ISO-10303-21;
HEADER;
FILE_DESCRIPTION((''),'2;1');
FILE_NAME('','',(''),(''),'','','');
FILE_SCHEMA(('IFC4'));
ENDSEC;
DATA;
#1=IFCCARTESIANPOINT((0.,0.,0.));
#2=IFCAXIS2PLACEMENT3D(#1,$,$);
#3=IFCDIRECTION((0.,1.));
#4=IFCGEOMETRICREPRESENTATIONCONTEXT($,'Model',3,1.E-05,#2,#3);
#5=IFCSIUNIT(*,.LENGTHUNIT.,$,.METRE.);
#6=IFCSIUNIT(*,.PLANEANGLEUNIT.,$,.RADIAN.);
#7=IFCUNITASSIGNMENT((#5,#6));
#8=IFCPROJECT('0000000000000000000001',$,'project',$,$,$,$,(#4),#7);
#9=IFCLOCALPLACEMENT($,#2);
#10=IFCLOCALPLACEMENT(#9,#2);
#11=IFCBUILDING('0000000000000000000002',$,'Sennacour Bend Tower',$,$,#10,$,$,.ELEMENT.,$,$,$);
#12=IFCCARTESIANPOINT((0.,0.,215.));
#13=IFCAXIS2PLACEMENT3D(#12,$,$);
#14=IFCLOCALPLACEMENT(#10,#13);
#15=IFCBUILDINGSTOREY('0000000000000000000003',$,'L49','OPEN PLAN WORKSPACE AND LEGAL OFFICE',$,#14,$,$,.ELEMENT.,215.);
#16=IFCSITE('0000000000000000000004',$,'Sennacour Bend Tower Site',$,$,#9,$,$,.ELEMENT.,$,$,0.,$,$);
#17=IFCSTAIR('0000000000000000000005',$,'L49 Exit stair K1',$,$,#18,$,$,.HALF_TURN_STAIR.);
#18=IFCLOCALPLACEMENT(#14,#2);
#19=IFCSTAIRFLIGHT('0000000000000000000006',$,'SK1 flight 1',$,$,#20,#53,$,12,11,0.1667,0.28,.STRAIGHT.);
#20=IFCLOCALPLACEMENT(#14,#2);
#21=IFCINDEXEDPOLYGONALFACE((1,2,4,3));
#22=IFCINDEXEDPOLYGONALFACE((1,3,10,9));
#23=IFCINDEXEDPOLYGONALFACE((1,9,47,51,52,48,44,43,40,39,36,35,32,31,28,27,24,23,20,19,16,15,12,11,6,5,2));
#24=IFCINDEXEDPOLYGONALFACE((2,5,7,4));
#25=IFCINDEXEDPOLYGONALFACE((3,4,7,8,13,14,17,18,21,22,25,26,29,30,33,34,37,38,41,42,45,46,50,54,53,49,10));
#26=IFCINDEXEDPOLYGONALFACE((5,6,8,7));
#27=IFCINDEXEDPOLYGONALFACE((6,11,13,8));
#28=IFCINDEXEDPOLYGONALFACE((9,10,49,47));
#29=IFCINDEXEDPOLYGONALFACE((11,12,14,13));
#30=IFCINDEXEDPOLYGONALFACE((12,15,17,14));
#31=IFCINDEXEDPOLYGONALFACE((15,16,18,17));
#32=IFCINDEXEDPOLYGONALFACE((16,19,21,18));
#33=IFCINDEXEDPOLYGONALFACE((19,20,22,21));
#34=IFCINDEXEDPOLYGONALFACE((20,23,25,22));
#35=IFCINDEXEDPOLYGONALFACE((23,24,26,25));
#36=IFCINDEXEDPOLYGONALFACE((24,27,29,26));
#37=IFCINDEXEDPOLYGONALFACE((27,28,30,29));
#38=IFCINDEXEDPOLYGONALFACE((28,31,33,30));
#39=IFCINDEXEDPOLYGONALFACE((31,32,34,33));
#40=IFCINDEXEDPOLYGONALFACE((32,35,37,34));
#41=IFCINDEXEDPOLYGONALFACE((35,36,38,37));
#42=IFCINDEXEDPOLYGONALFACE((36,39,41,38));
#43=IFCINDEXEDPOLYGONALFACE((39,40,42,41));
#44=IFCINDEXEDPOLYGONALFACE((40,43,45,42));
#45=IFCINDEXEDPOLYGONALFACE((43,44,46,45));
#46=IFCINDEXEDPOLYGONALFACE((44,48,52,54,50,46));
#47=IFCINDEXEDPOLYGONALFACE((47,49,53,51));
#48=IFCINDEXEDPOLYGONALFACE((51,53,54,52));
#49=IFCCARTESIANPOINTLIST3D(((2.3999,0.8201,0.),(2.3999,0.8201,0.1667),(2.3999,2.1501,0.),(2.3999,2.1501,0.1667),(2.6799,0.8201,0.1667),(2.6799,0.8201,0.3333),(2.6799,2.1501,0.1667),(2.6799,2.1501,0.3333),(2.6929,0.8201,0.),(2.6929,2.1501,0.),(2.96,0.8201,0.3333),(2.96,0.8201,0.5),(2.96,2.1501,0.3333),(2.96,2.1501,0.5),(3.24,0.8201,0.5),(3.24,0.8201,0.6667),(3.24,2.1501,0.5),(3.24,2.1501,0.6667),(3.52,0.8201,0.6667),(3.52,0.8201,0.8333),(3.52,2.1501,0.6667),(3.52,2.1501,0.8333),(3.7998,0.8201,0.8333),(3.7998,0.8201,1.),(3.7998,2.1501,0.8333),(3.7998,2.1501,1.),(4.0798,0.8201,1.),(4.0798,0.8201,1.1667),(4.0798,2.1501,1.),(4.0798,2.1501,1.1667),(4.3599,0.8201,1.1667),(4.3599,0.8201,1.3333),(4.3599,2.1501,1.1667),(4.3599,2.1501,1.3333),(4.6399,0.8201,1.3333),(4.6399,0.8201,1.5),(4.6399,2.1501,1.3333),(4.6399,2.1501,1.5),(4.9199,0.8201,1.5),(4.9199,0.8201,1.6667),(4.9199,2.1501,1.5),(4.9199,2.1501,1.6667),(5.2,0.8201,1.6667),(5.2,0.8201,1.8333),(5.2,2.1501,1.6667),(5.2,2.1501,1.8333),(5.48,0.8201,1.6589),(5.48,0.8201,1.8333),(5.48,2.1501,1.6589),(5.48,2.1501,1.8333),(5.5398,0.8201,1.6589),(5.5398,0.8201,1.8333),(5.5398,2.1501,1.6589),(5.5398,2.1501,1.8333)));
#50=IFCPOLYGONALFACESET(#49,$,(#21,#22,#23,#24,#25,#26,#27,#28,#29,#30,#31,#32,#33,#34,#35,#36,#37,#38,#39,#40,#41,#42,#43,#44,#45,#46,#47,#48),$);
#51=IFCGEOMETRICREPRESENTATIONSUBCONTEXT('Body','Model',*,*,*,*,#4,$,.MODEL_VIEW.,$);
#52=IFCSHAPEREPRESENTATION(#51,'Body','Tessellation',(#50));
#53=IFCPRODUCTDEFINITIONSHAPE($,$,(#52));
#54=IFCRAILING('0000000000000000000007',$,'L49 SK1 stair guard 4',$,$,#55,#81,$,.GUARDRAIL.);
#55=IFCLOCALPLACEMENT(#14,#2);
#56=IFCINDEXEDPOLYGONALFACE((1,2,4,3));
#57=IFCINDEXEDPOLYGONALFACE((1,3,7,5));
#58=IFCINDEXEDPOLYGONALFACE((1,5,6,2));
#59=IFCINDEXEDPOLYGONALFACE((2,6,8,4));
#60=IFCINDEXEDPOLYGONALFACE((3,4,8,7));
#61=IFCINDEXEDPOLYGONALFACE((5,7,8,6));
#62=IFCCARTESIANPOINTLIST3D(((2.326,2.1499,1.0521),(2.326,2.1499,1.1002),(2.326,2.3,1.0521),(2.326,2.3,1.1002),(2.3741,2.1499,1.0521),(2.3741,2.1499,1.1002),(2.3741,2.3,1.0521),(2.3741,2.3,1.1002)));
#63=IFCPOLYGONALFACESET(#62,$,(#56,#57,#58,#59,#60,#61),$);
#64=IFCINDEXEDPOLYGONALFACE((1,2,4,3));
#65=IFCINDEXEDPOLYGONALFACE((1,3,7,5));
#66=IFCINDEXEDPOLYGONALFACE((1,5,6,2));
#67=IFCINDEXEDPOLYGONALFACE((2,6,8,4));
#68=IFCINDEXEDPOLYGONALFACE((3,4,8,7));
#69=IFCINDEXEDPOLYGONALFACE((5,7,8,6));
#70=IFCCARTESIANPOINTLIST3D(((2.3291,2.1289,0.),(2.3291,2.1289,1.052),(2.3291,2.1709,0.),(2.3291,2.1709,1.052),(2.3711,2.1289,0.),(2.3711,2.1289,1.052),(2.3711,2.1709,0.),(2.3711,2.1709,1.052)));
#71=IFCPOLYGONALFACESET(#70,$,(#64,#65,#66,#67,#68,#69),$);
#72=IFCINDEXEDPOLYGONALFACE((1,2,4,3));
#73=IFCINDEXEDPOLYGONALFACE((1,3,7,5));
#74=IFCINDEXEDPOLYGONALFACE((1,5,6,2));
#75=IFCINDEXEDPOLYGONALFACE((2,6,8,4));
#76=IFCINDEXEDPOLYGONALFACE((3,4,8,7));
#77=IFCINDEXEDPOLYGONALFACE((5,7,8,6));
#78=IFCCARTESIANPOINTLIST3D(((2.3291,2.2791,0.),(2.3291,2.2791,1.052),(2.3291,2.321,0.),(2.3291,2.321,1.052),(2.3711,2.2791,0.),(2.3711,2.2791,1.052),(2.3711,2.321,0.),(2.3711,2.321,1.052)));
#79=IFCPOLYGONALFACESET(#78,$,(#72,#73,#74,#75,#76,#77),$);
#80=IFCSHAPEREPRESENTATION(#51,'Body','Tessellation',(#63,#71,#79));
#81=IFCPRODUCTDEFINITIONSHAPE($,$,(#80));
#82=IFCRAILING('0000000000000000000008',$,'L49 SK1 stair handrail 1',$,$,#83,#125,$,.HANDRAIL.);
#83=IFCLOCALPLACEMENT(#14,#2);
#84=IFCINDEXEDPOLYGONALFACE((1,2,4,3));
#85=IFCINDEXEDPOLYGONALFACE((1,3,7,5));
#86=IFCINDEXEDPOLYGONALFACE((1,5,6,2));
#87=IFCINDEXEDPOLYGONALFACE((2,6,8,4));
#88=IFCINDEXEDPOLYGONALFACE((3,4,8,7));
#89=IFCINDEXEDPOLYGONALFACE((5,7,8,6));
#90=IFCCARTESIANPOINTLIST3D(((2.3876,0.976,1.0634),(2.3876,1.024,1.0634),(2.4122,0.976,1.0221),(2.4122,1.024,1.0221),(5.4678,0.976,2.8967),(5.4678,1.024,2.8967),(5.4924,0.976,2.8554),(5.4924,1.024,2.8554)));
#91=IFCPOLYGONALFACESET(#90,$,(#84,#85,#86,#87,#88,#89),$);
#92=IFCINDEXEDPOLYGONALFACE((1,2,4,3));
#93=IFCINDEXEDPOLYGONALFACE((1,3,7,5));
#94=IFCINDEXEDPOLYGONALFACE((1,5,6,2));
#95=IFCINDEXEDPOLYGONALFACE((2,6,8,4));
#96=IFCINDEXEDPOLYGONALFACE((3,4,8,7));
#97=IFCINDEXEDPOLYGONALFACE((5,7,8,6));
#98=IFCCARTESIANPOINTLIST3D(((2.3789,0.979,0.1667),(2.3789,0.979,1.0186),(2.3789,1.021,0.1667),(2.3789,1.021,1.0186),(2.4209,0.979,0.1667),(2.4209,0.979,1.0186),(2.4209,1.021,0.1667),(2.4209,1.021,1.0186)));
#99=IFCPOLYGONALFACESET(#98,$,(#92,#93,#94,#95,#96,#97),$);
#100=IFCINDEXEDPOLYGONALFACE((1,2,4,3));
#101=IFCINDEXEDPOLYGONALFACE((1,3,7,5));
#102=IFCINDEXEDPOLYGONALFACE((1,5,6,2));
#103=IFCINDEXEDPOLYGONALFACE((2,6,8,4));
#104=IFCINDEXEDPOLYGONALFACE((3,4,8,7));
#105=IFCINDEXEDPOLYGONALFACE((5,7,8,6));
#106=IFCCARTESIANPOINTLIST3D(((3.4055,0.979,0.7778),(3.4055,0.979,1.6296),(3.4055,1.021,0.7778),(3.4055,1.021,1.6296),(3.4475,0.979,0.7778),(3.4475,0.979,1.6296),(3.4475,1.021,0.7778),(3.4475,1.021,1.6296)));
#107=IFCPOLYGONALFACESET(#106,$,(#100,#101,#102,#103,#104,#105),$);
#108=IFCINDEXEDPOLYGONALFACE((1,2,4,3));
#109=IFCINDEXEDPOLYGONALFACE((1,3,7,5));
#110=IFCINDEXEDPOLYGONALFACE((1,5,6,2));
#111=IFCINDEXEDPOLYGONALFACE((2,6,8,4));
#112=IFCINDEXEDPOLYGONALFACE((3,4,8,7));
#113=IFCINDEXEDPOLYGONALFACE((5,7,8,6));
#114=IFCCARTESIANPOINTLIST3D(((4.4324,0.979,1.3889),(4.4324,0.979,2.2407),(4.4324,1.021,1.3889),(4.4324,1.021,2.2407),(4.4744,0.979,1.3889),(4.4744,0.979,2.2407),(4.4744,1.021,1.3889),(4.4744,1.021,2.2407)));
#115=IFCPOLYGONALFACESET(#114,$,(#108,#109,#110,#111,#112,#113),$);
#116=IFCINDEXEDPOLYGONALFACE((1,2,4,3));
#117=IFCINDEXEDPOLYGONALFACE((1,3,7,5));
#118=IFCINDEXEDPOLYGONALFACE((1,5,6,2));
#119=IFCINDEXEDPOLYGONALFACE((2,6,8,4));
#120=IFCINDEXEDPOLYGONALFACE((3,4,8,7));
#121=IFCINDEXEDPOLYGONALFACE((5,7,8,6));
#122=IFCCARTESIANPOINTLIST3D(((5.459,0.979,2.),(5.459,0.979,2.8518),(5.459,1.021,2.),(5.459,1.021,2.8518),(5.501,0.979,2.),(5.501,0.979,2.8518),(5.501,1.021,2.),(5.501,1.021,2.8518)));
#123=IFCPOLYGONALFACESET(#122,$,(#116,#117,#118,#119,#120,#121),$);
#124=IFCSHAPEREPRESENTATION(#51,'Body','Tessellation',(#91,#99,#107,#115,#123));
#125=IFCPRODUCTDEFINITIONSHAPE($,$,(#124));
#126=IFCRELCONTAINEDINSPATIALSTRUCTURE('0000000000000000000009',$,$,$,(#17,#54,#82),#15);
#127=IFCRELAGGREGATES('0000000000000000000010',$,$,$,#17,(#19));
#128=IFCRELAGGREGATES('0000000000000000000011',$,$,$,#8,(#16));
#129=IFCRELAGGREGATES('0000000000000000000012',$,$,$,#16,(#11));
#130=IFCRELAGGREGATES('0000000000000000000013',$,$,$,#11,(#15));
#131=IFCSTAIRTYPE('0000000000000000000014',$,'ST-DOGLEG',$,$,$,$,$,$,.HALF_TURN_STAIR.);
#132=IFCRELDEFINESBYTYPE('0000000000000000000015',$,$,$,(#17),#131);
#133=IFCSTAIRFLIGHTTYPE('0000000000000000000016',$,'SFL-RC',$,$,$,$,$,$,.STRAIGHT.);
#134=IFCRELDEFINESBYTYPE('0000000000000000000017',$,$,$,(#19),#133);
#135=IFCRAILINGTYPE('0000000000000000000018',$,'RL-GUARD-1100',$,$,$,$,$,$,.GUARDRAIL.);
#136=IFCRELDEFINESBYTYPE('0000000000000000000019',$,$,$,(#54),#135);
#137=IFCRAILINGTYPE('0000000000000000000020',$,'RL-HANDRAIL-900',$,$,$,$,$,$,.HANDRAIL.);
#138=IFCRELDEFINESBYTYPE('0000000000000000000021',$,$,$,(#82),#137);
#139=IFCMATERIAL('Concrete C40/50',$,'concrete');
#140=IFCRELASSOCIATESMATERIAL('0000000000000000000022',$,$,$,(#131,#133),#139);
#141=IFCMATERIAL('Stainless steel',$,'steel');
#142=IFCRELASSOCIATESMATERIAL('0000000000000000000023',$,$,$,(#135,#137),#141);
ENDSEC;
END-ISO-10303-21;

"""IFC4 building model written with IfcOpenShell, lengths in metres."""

from ifc_helpers import new_model, si_unit, direction, frame, origin, origin_2d, place, context, subcontext, project, spatial, polyline, rectangle, outline, extrude, material, type_object, element, aggregate, save


model = new_model("IFC4")

# Units and contexts
model_context = context("Model", 3, precision=1e-05, world=origin(), true_north=direction((0.0, 1.0)))
body_context = subcontext(model_context, "Body", "Model", "MODEL_VIEW")
ifc_project = project(units=[si_unit("LENGTHUNIT", "METRE"), si_unit("PLANEANGLEUNIT", "RADIAN")], contexts=[model_context])

# Site, building, storey
site_placement = place(None, origin())
site = spatial("IfcSite", under=ifc_project, at=site_placement, Name="Sennacour Bend Tower Site", CompositionType="ELEMENT", RefElevation=0.0)
building_placement = place(site_placement, origin())
building = spatial("IfcBuilding", under=site, at=building_placement, Name="Sennacour Bend Tower", CompositionType="ELEMENT")
storey_placement = place(building_placement, frame((0.0, 0.0, 215.0)))
storey = spatial("IfcBuildingStorey", under=building, at=storey_placement, Name="L49", Description="OPEN PLAN WORKSPACE AND LEGAL OFFICE", CompositionType="ELEMENT", Elevation=215.0)

# Stair, stair flight
ifc_material_1 = material(Name="Concrete C40/50", Category="concrete")
stair_type = type_object("IfcStairType", Name="ST-DOGLEG", PredefinedType="HALF_TURN_STAIR", material=ifc_material_1)
stair_placement = place(storey_placement, origin())
stair = element("IfcStair", 1, at=stair_placement, inside=storey, type_object=stair_type, Name="L49 Exit stair K1", PredefinedType="HALF_TURN_STAIR")
stair_flight_type = type_object("IfcStairFlightType", Name="SFL-RC", PredefinedType="STRAIGHT", material=ifc_material_1)
stair_flight_placement = place(storey_placement, frame((2.3999, 1.4851, 0.0), z_axis=(0.0, 0.0, 1.0), x_axis=(1.0, 0.0, 0.0)))
stair_flight = element("IfcStairFlight", 2, at=stair_flight_placement, type_object=stair_flight_type, Name="SK1 flight 1", NumberOfRisers=12, NumberOfTreads=11, PredefinedType="STRAIGHT", RiserHeight=0.1667, TreadLength=0.28, context=body_context, shape_type="SweptSolid", body=[
    extrude(outline(polyline([(0.0, 0.0), (0.0, 0.1667), (0.28, 0.1667), (0.28, 0.3333), (0.5601, 0.3333), (0.5601, 0.5), (0.8401, 0.5), (0.8401, 0.6667), (1.1201, 0.6667), (1.1201, 0.8333), (1.3999, 0.8333), (1.3999, 1.0), (1.6799, 1.0), (1.6799, 1.1667), (1.96, 1.1667), (1.96, 1.3333), (2.24, 1.3333), (2.24, 1.5), (2.52, 1.5), (2.52, 1.6667), (2.8, 1.6667), (2.8, 1.8333), (3.0801, 1.8333), (3.1399, 1.8333), (3.1399, 1.6589), (3.0801, 1.6589), (0.293, 0.0), (0.0, 0.0)])), frame((0.0, 0.665, 0.0), z_axis=(0.0, -1.0, 0.0), x_axis=(1.0, 0.0, 0.0)), (0.0, 0.0, 1.0), 1.3301),
])
aggregate(stair, [stair_flight])

# Railings
ifc_material_2 = material(Name="Stainless steel", Category="steel")
railing_type_1 = type_object("IfcRailingType", Name="RL-GUARD-1100", PredefinedType="GUARDRAIL", material=ifc_material_2)
railing_1_placement = place(storey_placement, frame((2.3501, 2.1499, 0.0)))
element("IfcRailing", 3, at=railing_1_placement, inside=storey, type_object=railing_type_1, Name="L49 SK1 stair guard 4", PredefinedType="GUARDRAIL", context=body_context, shape_type="SweptSolid", body=[
    extrude(rectangle(XDim=0.0481, YDim=0.0481, at=origin_2d()), frame((0.0, 0.0, 1.0762), z_axis=(0.0, 1.0, 0.0), x_axis=(-1.0, 0.0, 0.0)), (0.0, 0.0, 1.0), 0.1501),
    extrude(rectangle(XDim=0.042, YDim=0.042, at=origin_2d()), origin(), (0.0, 0.0, 1.0), 1.052),
    extrude(rectangle(XDim=0.042, YDim=0.042, at=origin_2d()), frame((0.0, 0.1501, 0.0)), (0.0, 0.0, 1.0), 1.052),
])
railing_type_2 = type_object("IfcRailingType", Name="RL-HANDRAIL-900", PredefinedType="HANDRAIL", material=ifc_material_2)
railing_2_placement = place(storey_placement, frame((2.3999, 1.0, 0.1667)))
element("IfcRailing", 4, at=railing_2_placement, inside=storey, type_object=railing_type_2, Name="L49 SK1 stair handrail 1", PredefinedType="HANDRAIL", context=body_context, shape_type="SweptSolid", body=[
    extrude(rectangle(XDim=0.0481, YDim=0.0481, at=origin_2d()), frame((0.0, 0.0, 0.876), z_axis=(0.859309, 0.0, 0.511458), x_axis=(0.0, 1.0, 0.0)), (0.0, 0.0, 1.0), 3.5845),
    extrude(rectangle(XDim=0.042, YDim=0.042, at=origin_2d()), origin(), (0.0, 0.0, 1.0), 0.8518),
    extrude(rectangle(XDim=0.042, YDim=0.042, at=origin_2d()), frame((1.0266, 0.0, 0.6111)), (0.0, 0.0, 1.0), 0.8518),
    extrude(rectangle(XDim=0.042, YDim=0.042, at=origin_2d()), frame((2.0535, 0.0, 1.2222)), (0.0, 0.0, 1.0), 0.8518),
    extrude(rectangle(XDim=0.042, YDim=0.042, at=origin_2d()), frame((3.0801, 0.0, 1.8333)), (0.0, 0.0, 1.0), 0.8518),
])

save(model, "model.ifc")
